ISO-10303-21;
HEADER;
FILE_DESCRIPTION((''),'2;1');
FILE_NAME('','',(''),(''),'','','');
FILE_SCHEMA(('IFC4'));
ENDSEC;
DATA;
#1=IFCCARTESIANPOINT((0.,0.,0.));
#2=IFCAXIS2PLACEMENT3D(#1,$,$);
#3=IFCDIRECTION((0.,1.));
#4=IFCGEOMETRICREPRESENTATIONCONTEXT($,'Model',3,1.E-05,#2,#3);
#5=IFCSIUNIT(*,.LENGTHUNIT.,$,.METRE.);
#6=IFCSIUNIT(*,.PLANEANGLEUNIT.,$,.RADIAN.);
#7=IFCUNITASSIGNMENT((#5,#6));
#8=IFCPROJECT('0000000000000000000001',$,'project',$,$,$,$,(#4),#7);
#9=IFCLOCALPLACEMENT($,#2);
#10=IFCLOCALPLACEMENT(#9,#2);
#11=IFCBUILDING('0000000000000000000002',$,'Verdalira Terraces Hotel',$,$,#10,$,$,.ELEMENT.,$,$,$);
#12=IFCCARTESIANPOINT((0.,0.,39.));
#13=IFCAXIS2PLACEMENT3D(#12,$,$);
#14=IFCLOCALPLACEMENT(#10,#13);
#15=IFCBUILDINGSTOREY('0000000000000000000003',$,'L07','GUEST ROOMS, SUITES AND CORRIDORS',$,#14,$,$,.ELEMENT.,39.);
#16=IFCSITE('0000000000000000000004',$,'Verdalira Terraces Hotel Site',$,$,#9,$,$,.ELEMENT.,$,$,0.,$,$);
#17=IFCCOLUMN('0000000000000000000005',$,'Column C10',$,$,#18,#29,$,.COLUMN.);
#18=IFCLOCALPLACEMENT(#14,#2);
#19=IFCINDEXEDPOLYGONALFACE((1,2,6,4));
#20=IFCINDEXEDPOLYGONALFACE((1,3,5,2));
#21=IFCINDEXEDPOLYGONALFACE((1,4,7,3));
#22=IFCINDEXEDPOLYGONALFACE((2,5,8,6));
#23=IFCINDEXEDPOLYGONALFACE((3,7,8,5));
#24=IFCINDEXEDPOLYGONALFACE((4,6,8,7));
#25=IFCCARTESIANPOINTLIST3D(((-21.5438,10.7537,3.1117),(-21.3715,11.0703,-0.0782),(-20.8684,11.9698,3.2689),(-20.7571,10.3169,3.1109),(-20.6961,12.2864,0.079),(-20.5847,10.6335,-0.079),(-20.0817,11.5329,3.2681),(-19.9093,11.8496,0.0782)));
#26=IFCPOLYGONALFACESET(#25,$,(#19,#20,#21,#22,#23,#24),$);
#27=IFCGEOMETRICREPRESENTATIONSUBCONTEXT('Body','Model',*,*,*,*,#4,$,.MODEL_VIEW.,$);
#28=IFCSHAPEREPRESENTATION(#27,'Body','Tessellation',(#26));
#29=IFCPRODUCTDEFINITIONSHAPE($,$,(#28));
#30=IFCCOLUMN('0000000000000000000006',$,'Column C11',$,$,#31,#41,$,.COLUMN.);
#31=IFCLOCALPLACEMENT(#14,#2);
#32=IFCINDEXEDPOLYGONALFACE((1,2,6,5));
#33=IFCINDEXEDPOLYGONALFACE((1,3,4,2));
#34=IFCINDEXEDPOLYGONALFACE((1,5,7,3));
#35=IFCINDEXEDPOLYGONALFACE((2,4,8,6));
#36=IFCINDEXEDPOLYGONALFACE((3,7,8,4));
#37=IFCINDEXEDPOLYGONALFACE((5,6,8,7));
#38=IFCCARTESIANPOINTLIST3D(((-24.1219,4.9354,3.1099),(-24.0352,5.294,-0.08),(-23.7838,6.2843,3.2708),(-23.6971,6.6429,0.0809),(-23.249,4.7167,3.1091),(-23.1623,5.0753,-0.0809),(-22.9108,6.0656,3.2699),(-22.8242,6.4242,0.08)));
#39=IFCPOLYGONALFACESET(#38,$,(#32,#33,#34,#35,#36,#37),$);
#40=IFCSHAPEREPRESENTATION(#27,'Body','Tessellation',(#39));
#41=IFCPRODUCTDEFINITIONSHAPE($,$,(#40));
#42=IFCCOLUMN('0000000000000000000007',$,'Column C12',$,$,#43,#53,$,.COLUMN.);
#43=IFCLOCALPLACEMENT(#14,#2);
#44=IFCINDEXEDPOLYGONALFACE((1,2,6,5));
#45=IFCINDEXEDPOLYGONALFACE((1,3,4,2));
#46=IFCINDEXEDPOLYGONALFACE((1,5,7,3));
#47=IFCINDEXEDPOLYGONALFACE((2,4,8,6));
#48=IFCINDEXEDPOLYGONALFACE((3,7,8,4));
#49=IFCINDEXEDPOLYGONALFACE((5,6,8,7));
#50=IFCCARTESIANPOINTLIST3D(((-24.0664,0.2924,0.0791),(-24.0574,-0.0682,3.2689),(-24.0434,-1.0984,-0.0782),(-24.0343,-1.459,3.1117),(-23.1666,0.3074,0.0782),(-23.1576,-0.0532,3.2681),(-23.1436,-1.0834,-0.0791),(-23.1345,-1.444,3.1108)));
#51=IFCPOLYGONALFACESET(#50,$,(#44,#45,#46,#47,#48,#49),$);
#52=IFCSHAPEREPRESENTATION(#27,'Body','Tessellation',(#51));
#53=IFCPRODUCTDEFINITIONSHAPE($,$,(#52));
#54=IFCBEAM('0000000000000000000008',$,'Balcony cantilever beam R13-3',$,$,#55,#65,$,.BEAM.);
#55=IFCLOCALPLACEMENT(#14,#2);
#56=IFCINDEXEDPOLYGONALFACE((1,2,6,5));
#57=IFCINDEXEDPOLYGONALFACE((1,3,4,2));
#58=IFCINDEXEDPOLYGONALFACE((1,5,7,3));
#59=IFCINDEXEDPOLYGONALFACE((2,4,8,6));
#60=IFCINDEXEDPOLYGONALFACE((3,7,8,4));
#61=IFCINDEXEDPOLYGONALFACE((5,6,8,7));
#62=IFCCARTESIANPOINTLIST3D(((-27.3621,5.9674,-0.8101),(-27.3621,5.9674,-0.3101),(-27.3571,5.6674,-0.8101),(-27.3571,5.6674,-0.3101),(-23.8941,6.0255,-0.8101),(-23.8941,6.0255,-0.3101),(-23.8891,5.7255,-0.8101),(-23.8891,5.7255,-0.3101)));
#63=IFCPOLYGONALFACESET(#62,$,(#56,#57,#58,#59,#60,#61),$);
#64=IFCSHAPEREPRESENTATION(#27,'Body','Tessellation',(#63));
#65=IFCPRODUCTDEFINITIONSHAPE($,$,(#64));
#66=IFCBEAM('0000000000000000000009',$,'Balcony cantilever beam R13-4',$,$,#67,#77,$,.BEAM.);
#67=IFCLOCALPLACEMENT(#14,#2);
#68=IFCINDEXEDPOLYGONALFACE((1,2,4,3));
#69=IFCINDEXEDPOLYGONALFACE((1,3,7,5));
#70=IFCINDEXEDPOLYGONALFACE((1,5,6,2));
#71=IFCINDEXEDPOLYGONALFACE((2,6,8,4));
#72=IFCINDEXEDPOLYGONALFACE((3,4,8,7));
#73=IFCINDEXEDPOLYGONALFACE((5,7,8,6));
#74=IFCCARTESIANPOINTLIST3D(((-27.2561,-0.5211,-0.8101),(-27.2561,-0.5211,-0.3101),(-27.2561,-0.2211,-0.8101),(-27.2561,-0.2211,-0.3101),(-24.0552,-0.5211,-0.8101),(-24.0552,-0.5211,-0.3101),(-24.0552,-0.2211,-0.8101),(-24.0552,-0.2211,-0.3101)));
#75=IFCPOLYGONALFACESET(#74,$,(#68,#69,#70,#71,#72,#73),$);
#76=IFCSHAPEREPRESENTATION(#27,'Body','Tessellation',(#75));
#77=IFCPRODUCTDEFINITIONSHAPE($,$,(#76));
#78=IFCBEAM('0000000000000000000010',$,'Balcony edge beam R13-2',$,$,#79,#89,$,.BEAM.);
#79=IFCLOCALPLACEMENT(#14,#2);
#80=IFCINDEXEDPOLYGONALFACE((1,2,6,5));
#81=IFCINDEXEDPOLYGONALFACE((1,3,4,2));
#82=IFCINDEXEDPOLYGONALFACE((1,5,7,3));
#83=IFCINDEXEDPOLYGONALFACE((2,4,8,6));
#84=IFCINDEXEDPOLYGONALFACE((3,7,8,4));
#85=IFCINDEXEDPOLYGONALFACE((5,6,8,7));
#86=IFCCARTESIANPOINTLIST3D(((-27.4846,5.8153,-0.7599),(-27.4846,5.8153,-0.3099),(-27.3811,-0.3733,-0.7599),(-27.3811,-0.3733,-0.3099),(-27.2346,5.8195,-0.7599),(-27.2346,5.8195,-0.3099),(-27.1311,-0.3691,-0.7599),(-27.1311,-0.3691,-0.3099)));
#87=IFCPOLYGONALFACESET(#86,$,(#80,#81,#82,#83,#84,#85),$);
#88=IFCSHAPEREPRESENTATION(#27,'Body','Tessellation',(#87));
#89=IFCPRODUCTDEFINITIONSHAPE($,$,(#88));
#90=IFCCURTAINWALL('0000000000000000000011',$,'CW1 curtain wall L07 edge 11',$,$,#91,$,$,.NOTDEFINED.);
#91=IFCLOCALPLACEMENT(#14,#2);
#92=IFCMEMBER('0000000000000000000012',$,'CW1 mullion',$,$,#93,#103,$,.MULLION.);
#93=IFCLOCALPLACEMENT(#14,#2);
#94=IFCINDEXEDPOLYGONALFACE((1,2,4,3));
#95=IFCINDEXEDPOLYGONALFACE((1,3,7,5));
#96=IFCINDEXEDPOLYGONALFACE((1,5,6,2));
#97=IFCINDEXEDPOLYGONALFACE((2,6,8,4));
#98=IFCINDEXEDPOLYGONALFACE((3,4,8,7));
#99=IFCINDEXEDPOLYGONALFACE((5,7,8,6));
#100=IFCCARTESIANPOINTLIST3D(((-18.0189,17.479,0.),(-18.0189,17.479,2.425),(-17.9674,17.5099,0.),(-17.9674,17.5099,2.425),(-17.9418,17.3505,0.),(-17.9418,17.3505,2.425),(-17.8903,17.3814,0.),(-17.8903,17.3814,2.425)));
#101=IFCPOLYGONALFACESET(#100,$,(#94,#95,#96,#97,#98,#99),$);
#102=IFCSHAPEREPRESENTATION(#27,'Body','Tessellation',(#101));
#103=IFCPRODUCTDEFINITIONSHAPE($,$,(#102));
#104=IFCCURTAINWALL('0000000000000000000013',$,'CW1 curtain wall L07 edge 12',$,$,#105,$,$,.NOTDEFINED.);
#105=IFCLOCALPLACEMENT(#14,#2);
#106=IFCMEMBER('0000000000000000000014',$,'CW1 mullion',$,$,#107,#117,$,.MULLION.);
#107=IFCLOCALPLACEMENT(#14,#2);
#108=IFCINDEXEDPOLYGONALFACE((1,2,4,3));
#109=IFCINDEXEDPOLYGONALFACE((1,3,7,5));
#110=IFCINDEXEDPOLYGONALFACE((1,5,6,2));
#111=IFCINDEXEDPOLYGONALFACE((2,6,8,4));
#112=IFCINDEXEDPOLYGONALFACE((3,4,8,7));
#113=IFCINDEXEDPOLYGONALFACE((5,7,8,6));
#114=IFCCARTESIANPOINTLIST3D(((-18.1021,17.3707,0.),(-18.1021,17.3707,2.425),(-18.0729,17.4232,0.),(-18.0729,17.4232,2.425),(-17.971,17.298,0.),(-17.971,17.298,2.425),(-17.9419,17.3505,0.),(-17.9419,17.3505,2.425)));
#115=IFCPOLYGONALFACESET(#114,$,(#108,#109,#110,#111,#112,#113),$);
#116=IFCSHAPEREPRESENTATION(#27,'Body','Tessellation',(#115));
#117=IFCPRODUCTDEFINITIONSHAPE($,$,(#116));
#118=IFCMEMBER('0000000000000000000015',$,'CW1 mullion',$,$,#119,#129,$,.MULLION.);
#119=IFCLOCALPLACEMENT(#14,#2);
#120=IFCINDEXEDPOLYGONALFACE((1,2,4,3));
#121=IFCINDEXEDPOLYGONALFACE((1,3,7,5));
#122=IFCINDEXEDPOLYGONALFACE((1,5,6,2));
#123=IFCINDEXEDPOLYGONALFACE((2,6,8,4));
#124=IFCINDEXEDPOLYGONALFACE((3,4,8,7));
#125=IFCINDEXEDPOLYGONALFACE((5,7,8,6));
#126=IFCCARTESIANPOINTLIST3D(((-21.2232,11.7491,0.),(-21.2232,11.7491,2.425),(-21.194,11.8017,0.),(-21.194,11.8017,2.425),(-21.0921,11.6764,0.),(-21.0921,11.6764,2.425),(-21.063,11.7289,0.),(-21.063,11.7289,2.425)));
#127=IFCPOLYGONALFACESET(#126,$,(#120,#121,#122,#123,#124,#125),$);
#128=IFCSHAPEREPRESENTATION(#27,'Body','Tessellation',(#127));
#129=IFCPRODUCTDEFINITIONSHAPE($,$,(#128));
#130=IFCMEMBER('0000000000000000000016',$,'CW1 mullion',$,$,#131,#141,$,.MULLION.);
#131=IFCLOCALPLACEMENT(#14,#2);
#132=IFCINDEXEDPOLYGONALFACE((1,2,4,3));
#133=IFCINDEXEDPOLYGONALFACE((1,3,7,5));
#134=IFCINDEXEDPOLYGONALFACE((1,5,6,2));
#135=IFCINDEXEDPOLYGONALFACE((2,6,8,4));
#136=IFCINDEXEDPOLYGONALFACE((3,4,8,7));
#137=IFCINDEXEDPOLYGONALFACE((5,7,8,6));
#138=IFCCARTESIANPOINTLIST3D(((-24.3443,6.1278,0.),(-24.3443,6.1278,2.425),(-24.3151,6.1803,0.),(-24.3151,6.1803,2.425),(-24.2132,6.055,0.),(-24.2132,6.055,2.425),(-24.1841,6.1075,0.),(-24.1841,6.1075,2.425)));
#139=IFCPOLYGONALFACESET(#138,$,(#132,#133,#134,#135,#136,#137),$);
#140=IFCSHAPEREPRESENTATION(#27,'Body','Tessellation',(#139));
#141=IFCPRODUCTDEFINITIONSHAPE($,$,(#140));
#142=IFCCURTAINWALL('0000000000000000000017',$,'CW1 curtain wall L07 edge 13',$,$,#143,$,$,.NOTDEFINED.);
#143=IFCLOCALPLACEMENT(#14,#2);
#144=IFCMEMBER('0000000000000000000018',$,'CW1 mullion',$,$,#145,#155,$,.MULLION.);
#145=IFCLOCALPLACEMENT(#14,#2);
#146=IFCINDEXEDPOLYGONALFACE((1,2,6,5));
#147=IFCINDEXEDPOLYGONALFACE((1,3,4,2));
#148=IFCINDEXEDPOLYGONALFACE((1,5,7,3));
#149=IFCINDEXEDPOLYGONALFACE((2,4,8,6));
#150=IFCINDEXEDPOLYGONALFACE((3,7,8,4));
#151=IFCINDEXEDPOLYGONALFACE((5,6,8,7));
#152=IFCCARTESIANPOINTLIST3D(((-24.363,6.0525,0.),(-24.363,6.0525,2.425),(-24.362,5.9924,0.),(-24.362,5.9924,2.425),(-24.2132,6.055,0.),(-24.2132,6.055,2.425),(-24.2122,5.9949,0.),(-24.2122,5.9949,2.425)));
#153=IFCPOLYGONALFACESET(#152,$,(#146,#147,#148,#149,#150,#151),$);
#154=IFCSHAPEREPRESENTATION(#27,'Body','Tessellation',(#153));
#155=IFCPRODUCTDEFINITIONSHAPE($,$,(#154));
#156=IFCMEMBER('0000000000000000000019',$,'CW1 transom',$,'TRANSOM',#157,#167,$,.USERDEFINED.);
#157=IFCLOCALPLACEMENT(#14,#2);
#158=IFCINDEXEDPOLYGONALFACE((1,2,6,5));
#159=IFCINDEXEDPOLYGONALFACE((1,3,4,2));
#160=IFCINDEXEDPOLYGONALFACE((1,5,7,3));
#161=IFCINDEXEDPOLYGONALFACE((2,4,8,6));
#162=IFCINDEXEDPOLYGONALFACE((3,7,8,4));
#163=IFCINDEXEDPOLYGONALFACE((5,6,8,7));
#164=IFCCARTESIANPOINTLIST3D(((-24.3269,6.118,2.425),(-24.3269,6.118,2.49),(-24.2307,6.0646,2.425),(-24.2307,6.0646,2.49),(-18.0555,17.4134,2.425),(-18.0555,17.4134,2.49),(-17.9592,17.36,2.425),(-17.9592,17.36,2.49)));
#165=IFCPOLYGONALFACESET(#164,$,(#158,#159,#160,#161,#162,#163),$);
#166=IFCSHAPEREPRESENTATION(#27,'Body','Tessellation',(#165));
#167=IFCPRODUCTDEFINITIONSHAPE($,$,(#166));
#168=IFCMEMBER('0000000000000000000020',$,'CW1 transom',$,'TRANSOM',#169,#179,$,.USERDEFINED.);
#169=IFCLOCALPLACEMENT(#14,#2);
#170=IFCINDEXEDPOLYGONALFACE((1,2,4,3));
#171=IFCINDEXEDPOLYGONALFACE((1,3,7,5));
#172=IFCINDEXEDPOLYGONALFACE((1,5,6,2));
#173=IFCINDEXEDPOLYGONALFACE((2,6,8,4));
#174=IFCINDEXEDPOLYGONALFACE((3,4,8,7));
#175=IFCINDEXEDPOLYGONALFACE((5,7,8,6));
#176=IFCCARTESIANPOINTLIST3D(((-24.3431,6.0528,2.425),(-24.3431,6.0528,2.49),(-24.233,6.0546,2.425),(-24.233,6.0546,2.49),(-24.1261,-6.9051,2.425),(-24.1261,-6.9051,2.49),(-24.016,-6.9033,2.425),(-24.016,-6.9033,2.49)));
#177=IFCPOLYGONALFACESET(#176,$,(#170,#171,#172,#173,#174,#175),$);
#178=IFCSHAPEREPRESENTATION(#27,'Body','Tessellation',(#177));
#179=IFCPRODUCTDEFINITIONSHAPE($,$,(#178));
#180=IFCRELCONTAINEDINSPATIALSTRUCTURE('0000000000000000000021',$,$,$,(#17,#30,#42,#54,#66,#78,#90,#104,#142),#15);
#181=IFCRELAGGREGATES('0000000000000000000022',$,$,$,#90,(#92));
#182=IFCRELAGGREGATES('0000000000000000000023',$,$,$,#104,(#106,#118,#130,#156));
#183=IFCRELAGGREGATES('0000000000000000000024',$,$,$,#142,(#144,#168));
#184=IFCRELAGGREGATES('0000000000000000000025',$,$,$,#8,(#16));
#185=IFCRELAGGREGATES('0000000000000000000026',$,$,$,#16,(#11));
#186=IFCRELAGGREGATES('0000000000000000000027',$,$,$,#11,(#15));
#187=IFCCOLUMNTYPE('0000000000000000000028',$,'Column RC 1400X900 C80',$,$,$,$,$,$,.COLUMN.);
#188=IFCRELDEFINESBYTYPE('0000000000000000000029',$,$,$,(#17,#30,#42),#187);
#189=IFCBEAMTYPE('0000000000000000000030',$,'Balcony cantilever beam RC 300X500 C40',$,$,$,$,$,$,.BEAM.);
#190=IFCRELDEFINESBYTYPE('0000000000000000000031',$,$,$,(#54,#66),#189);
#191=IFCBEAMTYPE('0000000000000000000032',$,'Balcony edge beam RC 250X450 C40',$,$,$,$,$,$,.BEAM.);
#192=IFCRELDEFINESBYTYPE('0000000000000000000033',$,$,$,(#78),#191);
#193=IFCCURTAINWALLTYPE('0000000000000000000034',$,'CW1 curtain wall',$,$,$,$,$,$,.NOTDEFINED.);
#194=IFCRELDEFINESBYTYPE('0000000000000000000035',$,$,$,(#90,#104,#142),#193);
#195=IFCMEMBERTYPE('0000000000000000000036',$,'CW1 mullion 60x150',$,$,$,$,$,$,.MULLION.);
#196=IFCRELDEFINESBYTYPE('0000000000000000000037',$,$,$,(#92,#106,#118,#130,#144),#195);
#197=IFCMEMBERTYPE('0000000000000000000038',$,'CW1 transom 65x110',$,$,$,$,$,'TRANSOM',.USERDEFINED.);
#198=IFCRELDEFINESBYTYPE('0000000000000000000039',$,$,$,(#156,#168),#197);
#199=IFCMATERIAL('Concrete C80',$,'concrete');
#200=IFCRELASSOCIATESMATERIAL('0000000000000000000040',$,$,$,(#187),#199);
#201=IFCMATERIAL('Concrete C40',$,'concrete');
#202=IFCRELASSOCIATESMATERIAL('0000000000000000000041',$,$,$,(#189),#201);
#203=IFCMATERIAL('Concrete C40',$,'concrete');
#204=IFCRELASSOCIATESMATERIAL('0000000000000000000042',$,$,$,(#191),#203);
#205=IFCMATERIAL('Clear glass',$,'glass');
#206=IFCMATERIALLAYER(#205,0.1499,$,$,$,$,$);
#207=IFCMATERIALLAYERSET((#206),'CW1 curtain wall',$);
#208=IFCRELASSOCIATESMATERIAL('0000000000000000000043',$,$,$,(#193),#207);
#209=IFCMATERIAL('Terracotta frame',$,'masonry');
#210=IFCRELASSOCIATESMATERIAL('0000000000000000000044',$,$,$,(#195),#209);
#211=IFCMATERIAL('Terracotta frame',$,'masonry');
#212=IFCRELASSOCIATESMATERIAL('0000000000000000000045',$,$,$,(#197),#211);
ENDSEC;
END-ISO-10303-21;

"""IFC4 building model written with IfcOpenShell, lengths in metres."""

from ifc_helpers import new_model, si_unit, direction, frame, origin, origin_2d, place, context, subcontext, project, spatial, rectangle, extrude, material, layer, layer_set, material_profile, profile_set, type_object, element, aggregate, save


model = new_model("IFC4")

# Units and contexts
model_context = context("Model", 3, precision=1e-05, world=origin(), true_north=direction((0.0, 1.0)))
body_context = subcontext(model_context, "Body", "Model", "MODEL_VIEW")
ifc_project = project(units=[si_unit("LENGTHUNIT", "METRE"), si_unit("PLANEANGLEUNIT", "RADIAN")], contexts=[model_context])

# Site, building, storey
site_placement = place(None, origin())
site = spatial("IfcSite", under=ifc_project, at=site_placement, Name="Verdalira Terraces Hotel Site", CompositionType="ELEMENT", RefElevation=0.0)
building_placement = place(site_placement, origin())
building = spatial("IfcBuilding", under=site, at=building_placement, Name="Verdalira Terraces Hotel", CompositionType="ELEMENT")
storey_placement = place(building_placement, frame((0.0, 0.0, 39.0)))
storey = spatial("IfcBuildingStorey", under=building, at=storey_placement, Name="L07", Description="GUEST ROOMS, SUITES AND CORRIDORS", CompositionType="ELEMENT", Elevation=39.0)

# Columns
ifc_material_1 = material(Name="Concrete C80", Category="concrete")
ifc_material_profile_1 = material_profile(ifc_material_1, rectangle(XDim=1.3999, YDim=0.8999, at=origin_2d()), Name="RC 1400X900")
ifc_profile_set_1 = profile_set([ifc_material_profile_1], Name="Concrete C80")
column_type = type_object("IfcColumnType", Name="Column RC 1400X900 C80", PredefinedType="COLUMN", material=ifc_profile_set_1)
column_1_placement = place(storey_placement, frame((-20.6404, 11.46, 0.0), z_axis=(-0.053692, -0.098637, 0.993674), x_axis=(-0.482457, -0.868691, -0.1123)))
element("IfcColumn", 1, at=column_1_placement, inside=storey, type_object=column_type, Name="Column C10", PredefinedType="COLUMN", context=body_context, shape_type="SweptSolid", body=[
    extrude(rectangle(XDim=1.3999, YDim=0.8999, at=origin_2d()), origin(), (0.0, 0.0, 1.0), 3.2102),
])
column_2_placement = place(storey_placement, frame((-23.4297, 5.8591, 0.0), z_axis=(-0.02699, -0.111685, 0.993377), x_axis=(0.241533, 0.963567, 0.114895)))
element("IfcColumn", 2, at=column_2_placement, inside=storey, type_object=column_type, Name="Column C11", PredefinedType="COLUMN", context=body_context, shape_type="SweptSolid", body=[
    extrude(rectangle(XDim=1.3999, YDim=0.8999, at=origin_2d()), origin(), (0.0, 0.0, 1.0), 3.2112),
])
column_3_placement = place(storey_placement, frame((-23.605, -0.3955, 0.0), z_axis=(0.002814, -0.112326, 0.993667), x_axis=(0.016455, -0.993532, -0.112357)))
element("IfcColumn", 3, at=column_3_placement, inside=storey, type_object=column_type, Name="Column C12", PredefinedType="COLUMN", context=body_context, shape_type="SweptSolid", body=[
    extrude(rectangle(XDim=1.3999, YDim=0.8999, at=origin_2d()), origin(), (0.0, 0.0, 1.0), 3.2102),
])

# Beams
ifc_material_2 = material(Name="Concrete C40", Category="concrete")
ifc_material_profile_2 = material_profile(ifc_material_2, rectangle(XDim=0.3, YDim=0.5, at=origin_2d()), Name="RC 300X500")
ifc_profile_set_2 = profile_set([ifc_material_profile_2], Name="Concrete C40")
beam_type_1 = type_object("IfcBeamType", Name="Balcony cantilever beam RC 300X500 C40", PredefinedType="BEAM", material=ifc_profile_set_2)
beam_1_placement = place(storey_placement, frame((-23.8916, 5.8755, -0.5601), z_axis=(-0.99986, -0.016752, 0.0), x_axis=(0.016752, -0.99986, 0.0)))
element("IfcBeam", 4, at=beam_1_placement, inside=storey, type_object=beam_type_1, Name="Balcony cantilever beam R13-3", PredefinedType="BEAM", context=body_context, shape_type="SweptSolid", body=[
    extrude(rectangle(XDim=0.3, YDim=0.5, at=origin_2d()), origin(), (0.0, 0.0, 1.0), 3.4685),
])
beam_2_placement = place(storey_placement, frame((-24.0552, -0.3711, -0.5601), z_axis=(-1.0, 0.0, 0.0), x_axis=(0.0, -1.0, 0.0)))
element("IfcBeam", 5, at=beam_2_placement, inside=storey, type_object=beam_type_1, Name="Balcony cantilever beam R13-4", PredefinedType="BEAM", context=body_context, shape_type="SweptSolid", body=[
    extrude(rectangle(XDim=0.3, YDim=0.5, at=origin_2d()), origin(), (0.0, 0.0, 1.0), 3.2009),
])
ifc_material_3 = material(Name="Concrete C40", Category="concrete")
ifc_material_profile_3 = material_profile(ifc_material_3, rectangle(XDim=0.25, YDim=0.45, at=origin_2d()), Name="RC 250X450")
ifc_profile_set_3 = profile_set([ifc_material_profile_3], Name="Concrete C40")
beam_type_2 = type_object("IfcBeamType", Name="Balcony edge beam RC 250X450 C40", PredefinedType="BEAM", material=ifc_profile_set_3)
beam_3_placement = place(storey_placement, frame((-27.3596, 5.8174, -0.5349), z_axis=(0.016725, -0.99986, 0.0), x_axis=(0.99986, 0.016725, 0.0)))
element("IfcBeam", 6, at=beam_3_placement, inside=storey, type_object=beam_type_2, Name="Balcony edge beam R13-2", PredefinedType="BEAM", context=body_context, shape_type="SweptSolid", body=[
    extrude(rectangle(XDim=0.25, YDim=0.45, at=origin_2d()), origin(), (0.0, 0.0, 1.0), 6.1895),
])

# Curtain wall, member
ifc_material_4 = material(Name="Clear glass", Category="glass")
ifc_layer_1 = layer(ifc_material_4, 0.1499)
ifc_layer_set_1 = layer_set([ifc_layer_1], Name="CW1 curtain wall")
curtain_wall_type = type_object("IfcCurtainWallType", Name="CW1 curtain wall", PredefinedType="NOTDEFINED", material=ifc_layer_set_1)
curtain_wall_1_placement = place(storey_placement, origin())
curtain_wall_1 = element("IfcCurtainWall", 7, at=curtain_wall_1_placement, inside=storey, type_object=curtain_wall_type, Name="CW1 curtain wall L07 edge 11", PredefinedType="NOTDEFINED")
ifc_material_5 = material(Name="Terracotta frame", Category="masonry")
ifc_material_profile_4 = material_profile(ifc_material_5, rectangle(XDim=0.0601, YDim=0.1499, at=origin_2d()), Name="MU 60x150")
ifc_profile_set_4 = profile_set([ifc_material_profile_4], Name="Terracotta frame")
member_type_1 = type_object("IfcMemberType", Name="CW1 mullion 60x150", PredefinedType="MULLION", material=ifc_profile_set_4)
member_1_placement = place(storey_placement, frame((-17.9546, 17.4302, 0.0), z_axis=(0.0, 0.0, 1.0), x_axis=(-0.857527, -0.51444, 0.0)))
member_1 = element("IfcMember", 8, at=member_1_placement, type_object=member_type_1, Name="CW1 mullion", PredefinedType="MULLION", context=body_context, shape_type="SweptSolid", body=[
    extrude(rectangle(XDim=0.0601, YDim=0.1499, at=origin_2d()), origin(), (0.0, 0.0, 1.0), 2.425),
])
aggregate(curtain_wall_1, [member_1])

# Curtain wall, members
curtain_wall_2_placement = place(storey_placement, origin())
curtain_wall_2 = element("IfcCurtainWall", 9, at=curtain_wall_2_placement, inside=storey, type_object=curtain_wall_type, Name="CW1 curtain wall L07 edge 12", PredefinedType="NOTDEFINED")
member_2_placement = place(storey_placement, frame((-18.022, 17.3606, 0.0), z_axis=(0.0, 0.0, 1.0), x_axis=(-0.48542, -0.874281, 0.0)))
member_2 = element("IfcMember", 10, at=member_2_placement, type_object=member_type_1, Name="CW1 mullion", PredefinedType="MULLION", context=body_context, shape_type="SweptSolid", body=[
    extrude(rectangle(XDim=0.0601, YDim=0.1499, at=origin_2d()), origin(), (0.0, 0.0, 1.0), 2.425),
])
member_3_placement = place(storey_placement, frame((-21.1431, 11.739, 0.0), z_axis=(0.0, 0.0, 1.0), x_axis=(-0.48542, -0.874281, 0.0)))
member_3 = element("IfcMember", 11, at=member_3_placement, type_object=member_type_1, Name="CW1 mullion", PredefinedType="MULLION", context=body_context, shape_type="SweptSolid", body=[
    extrude(rectangle(XDim=0.0601, YDim=0.1499, at=origin_2d()), origin(), (0.0, 0.0, 1.0), 2.425),
])
member_4_placement = place(storey_placement, frame((-24.2642, 6.1177, 0.0), z_axis=(0.0, 0.0, 1.0), x_axis=(-0.48542, -0.874281, 0.0)))
member_4 = element("IfcMember", 12, at=member_4_placement, type_object=member_type_1, Name="CW1 mullion", PredefinedType="MULLION", context=body_context, shape_type="SweptSolid", body=[
    extrude(rectangle(XDim=0.0601, YDim=0.1499, at=origin_2d()), origin(), (0.0, 0.0, 1.0), 2.425),
])

# Curtain wall, member
curtain_wall_3_placement = place(storey_placement, origin())
curtain_wall_3 = element("IfcCurtainWall", 13, at=curtain_wall_3_placement, inside=storey, type_object=curtain_wall_type, Name="CW1 curtain wall L07 edge 13", PredefinedType="NOTDEFINED")
member_5_placement = place(storey_placement, frame((-24.2876, 6.0237, 0.0), z_axis=(0.0, 0.0, 1.0), x_axis=(0.016754, -0.99986, 0.0)))
member_5 = element("IfcMember", 14, at=member_5_placement, type_object=member_type_1, Name="CW1 mullion", PredefinedType="MULLION", context=body_context, shape_type="SweptSolid", body=[
    extrude(rectangle(XDim=0.0601, YDim=0.1499, at=origin_2d()), origin(), (0.0, 0.0, 1.0), 2.425),
])

# Members
ifc_material_6 = material(Name="Terracotta frame", Category="masonry")
ifc_material_profile_5 = material_profile(ifc_material_6, rectangle(XDim=0.1101, YDim=0.0649, at=origin_2d()), Name="TR 65x110")
ifc_profile_set_5 = profile_set([ifc_material_profile_5], Name="Terracotta frame")
member_type_2 = type_object("IfcMemberType", Name="CW1 transom 65x110", ElementType="TRANSOM", PredefinedType="USERDEFINED", material=ifc_profile_set_5)
member_6_placement = place(storey_placement, frame((-18.0073, 17.3867, 2.4575), z_axis=(-0.485422, -0.87428, 0.0), x_axis=(0.87428, -0.485422, 0.0)))
member_6 = element("IfcMember", 15, at=member_6_placement, type_object=member_type_2, Name="CW1 transom", ObjectType="TRANSOM", PredefinedType="USERDEFINED", context=body_context, shape_type="SweptSolid", body=[
    extrude(rectangle(XDim=0.1101, YDim=0.0649, at=origin_2d()), origin(), (0.0, 0.0, 1.0), 12.9197),
])
member_7_placement = place(storey_placement, frame((-24.2881, 6.0537, 2.4575), z_axis=(0.016747, -0.99986, 0.0), x_axis=(0.99986, 0.016747, 0.0)))
member_7 = element("IfcMember", 16, at=member_7_placement, type_object=member_type_2, Name="CW1 transom", ObjectType="TRANSOM", PredefinedType="USERDEFINED", context=body_context, shape_type="SweptSolid", body=[
    extrude(rectangle(XDim=0.1101, YDim=0.0649, at=origin_2d()), origin(), (0.0, 0.0, 1.0), 12.9597),
])

aggregate(curtain_wall_2, [member_2, member_3, member_4, member_6])
aggregate(curtain_wall_3, [member_5, member_7])

save(model, "model.ifc")
